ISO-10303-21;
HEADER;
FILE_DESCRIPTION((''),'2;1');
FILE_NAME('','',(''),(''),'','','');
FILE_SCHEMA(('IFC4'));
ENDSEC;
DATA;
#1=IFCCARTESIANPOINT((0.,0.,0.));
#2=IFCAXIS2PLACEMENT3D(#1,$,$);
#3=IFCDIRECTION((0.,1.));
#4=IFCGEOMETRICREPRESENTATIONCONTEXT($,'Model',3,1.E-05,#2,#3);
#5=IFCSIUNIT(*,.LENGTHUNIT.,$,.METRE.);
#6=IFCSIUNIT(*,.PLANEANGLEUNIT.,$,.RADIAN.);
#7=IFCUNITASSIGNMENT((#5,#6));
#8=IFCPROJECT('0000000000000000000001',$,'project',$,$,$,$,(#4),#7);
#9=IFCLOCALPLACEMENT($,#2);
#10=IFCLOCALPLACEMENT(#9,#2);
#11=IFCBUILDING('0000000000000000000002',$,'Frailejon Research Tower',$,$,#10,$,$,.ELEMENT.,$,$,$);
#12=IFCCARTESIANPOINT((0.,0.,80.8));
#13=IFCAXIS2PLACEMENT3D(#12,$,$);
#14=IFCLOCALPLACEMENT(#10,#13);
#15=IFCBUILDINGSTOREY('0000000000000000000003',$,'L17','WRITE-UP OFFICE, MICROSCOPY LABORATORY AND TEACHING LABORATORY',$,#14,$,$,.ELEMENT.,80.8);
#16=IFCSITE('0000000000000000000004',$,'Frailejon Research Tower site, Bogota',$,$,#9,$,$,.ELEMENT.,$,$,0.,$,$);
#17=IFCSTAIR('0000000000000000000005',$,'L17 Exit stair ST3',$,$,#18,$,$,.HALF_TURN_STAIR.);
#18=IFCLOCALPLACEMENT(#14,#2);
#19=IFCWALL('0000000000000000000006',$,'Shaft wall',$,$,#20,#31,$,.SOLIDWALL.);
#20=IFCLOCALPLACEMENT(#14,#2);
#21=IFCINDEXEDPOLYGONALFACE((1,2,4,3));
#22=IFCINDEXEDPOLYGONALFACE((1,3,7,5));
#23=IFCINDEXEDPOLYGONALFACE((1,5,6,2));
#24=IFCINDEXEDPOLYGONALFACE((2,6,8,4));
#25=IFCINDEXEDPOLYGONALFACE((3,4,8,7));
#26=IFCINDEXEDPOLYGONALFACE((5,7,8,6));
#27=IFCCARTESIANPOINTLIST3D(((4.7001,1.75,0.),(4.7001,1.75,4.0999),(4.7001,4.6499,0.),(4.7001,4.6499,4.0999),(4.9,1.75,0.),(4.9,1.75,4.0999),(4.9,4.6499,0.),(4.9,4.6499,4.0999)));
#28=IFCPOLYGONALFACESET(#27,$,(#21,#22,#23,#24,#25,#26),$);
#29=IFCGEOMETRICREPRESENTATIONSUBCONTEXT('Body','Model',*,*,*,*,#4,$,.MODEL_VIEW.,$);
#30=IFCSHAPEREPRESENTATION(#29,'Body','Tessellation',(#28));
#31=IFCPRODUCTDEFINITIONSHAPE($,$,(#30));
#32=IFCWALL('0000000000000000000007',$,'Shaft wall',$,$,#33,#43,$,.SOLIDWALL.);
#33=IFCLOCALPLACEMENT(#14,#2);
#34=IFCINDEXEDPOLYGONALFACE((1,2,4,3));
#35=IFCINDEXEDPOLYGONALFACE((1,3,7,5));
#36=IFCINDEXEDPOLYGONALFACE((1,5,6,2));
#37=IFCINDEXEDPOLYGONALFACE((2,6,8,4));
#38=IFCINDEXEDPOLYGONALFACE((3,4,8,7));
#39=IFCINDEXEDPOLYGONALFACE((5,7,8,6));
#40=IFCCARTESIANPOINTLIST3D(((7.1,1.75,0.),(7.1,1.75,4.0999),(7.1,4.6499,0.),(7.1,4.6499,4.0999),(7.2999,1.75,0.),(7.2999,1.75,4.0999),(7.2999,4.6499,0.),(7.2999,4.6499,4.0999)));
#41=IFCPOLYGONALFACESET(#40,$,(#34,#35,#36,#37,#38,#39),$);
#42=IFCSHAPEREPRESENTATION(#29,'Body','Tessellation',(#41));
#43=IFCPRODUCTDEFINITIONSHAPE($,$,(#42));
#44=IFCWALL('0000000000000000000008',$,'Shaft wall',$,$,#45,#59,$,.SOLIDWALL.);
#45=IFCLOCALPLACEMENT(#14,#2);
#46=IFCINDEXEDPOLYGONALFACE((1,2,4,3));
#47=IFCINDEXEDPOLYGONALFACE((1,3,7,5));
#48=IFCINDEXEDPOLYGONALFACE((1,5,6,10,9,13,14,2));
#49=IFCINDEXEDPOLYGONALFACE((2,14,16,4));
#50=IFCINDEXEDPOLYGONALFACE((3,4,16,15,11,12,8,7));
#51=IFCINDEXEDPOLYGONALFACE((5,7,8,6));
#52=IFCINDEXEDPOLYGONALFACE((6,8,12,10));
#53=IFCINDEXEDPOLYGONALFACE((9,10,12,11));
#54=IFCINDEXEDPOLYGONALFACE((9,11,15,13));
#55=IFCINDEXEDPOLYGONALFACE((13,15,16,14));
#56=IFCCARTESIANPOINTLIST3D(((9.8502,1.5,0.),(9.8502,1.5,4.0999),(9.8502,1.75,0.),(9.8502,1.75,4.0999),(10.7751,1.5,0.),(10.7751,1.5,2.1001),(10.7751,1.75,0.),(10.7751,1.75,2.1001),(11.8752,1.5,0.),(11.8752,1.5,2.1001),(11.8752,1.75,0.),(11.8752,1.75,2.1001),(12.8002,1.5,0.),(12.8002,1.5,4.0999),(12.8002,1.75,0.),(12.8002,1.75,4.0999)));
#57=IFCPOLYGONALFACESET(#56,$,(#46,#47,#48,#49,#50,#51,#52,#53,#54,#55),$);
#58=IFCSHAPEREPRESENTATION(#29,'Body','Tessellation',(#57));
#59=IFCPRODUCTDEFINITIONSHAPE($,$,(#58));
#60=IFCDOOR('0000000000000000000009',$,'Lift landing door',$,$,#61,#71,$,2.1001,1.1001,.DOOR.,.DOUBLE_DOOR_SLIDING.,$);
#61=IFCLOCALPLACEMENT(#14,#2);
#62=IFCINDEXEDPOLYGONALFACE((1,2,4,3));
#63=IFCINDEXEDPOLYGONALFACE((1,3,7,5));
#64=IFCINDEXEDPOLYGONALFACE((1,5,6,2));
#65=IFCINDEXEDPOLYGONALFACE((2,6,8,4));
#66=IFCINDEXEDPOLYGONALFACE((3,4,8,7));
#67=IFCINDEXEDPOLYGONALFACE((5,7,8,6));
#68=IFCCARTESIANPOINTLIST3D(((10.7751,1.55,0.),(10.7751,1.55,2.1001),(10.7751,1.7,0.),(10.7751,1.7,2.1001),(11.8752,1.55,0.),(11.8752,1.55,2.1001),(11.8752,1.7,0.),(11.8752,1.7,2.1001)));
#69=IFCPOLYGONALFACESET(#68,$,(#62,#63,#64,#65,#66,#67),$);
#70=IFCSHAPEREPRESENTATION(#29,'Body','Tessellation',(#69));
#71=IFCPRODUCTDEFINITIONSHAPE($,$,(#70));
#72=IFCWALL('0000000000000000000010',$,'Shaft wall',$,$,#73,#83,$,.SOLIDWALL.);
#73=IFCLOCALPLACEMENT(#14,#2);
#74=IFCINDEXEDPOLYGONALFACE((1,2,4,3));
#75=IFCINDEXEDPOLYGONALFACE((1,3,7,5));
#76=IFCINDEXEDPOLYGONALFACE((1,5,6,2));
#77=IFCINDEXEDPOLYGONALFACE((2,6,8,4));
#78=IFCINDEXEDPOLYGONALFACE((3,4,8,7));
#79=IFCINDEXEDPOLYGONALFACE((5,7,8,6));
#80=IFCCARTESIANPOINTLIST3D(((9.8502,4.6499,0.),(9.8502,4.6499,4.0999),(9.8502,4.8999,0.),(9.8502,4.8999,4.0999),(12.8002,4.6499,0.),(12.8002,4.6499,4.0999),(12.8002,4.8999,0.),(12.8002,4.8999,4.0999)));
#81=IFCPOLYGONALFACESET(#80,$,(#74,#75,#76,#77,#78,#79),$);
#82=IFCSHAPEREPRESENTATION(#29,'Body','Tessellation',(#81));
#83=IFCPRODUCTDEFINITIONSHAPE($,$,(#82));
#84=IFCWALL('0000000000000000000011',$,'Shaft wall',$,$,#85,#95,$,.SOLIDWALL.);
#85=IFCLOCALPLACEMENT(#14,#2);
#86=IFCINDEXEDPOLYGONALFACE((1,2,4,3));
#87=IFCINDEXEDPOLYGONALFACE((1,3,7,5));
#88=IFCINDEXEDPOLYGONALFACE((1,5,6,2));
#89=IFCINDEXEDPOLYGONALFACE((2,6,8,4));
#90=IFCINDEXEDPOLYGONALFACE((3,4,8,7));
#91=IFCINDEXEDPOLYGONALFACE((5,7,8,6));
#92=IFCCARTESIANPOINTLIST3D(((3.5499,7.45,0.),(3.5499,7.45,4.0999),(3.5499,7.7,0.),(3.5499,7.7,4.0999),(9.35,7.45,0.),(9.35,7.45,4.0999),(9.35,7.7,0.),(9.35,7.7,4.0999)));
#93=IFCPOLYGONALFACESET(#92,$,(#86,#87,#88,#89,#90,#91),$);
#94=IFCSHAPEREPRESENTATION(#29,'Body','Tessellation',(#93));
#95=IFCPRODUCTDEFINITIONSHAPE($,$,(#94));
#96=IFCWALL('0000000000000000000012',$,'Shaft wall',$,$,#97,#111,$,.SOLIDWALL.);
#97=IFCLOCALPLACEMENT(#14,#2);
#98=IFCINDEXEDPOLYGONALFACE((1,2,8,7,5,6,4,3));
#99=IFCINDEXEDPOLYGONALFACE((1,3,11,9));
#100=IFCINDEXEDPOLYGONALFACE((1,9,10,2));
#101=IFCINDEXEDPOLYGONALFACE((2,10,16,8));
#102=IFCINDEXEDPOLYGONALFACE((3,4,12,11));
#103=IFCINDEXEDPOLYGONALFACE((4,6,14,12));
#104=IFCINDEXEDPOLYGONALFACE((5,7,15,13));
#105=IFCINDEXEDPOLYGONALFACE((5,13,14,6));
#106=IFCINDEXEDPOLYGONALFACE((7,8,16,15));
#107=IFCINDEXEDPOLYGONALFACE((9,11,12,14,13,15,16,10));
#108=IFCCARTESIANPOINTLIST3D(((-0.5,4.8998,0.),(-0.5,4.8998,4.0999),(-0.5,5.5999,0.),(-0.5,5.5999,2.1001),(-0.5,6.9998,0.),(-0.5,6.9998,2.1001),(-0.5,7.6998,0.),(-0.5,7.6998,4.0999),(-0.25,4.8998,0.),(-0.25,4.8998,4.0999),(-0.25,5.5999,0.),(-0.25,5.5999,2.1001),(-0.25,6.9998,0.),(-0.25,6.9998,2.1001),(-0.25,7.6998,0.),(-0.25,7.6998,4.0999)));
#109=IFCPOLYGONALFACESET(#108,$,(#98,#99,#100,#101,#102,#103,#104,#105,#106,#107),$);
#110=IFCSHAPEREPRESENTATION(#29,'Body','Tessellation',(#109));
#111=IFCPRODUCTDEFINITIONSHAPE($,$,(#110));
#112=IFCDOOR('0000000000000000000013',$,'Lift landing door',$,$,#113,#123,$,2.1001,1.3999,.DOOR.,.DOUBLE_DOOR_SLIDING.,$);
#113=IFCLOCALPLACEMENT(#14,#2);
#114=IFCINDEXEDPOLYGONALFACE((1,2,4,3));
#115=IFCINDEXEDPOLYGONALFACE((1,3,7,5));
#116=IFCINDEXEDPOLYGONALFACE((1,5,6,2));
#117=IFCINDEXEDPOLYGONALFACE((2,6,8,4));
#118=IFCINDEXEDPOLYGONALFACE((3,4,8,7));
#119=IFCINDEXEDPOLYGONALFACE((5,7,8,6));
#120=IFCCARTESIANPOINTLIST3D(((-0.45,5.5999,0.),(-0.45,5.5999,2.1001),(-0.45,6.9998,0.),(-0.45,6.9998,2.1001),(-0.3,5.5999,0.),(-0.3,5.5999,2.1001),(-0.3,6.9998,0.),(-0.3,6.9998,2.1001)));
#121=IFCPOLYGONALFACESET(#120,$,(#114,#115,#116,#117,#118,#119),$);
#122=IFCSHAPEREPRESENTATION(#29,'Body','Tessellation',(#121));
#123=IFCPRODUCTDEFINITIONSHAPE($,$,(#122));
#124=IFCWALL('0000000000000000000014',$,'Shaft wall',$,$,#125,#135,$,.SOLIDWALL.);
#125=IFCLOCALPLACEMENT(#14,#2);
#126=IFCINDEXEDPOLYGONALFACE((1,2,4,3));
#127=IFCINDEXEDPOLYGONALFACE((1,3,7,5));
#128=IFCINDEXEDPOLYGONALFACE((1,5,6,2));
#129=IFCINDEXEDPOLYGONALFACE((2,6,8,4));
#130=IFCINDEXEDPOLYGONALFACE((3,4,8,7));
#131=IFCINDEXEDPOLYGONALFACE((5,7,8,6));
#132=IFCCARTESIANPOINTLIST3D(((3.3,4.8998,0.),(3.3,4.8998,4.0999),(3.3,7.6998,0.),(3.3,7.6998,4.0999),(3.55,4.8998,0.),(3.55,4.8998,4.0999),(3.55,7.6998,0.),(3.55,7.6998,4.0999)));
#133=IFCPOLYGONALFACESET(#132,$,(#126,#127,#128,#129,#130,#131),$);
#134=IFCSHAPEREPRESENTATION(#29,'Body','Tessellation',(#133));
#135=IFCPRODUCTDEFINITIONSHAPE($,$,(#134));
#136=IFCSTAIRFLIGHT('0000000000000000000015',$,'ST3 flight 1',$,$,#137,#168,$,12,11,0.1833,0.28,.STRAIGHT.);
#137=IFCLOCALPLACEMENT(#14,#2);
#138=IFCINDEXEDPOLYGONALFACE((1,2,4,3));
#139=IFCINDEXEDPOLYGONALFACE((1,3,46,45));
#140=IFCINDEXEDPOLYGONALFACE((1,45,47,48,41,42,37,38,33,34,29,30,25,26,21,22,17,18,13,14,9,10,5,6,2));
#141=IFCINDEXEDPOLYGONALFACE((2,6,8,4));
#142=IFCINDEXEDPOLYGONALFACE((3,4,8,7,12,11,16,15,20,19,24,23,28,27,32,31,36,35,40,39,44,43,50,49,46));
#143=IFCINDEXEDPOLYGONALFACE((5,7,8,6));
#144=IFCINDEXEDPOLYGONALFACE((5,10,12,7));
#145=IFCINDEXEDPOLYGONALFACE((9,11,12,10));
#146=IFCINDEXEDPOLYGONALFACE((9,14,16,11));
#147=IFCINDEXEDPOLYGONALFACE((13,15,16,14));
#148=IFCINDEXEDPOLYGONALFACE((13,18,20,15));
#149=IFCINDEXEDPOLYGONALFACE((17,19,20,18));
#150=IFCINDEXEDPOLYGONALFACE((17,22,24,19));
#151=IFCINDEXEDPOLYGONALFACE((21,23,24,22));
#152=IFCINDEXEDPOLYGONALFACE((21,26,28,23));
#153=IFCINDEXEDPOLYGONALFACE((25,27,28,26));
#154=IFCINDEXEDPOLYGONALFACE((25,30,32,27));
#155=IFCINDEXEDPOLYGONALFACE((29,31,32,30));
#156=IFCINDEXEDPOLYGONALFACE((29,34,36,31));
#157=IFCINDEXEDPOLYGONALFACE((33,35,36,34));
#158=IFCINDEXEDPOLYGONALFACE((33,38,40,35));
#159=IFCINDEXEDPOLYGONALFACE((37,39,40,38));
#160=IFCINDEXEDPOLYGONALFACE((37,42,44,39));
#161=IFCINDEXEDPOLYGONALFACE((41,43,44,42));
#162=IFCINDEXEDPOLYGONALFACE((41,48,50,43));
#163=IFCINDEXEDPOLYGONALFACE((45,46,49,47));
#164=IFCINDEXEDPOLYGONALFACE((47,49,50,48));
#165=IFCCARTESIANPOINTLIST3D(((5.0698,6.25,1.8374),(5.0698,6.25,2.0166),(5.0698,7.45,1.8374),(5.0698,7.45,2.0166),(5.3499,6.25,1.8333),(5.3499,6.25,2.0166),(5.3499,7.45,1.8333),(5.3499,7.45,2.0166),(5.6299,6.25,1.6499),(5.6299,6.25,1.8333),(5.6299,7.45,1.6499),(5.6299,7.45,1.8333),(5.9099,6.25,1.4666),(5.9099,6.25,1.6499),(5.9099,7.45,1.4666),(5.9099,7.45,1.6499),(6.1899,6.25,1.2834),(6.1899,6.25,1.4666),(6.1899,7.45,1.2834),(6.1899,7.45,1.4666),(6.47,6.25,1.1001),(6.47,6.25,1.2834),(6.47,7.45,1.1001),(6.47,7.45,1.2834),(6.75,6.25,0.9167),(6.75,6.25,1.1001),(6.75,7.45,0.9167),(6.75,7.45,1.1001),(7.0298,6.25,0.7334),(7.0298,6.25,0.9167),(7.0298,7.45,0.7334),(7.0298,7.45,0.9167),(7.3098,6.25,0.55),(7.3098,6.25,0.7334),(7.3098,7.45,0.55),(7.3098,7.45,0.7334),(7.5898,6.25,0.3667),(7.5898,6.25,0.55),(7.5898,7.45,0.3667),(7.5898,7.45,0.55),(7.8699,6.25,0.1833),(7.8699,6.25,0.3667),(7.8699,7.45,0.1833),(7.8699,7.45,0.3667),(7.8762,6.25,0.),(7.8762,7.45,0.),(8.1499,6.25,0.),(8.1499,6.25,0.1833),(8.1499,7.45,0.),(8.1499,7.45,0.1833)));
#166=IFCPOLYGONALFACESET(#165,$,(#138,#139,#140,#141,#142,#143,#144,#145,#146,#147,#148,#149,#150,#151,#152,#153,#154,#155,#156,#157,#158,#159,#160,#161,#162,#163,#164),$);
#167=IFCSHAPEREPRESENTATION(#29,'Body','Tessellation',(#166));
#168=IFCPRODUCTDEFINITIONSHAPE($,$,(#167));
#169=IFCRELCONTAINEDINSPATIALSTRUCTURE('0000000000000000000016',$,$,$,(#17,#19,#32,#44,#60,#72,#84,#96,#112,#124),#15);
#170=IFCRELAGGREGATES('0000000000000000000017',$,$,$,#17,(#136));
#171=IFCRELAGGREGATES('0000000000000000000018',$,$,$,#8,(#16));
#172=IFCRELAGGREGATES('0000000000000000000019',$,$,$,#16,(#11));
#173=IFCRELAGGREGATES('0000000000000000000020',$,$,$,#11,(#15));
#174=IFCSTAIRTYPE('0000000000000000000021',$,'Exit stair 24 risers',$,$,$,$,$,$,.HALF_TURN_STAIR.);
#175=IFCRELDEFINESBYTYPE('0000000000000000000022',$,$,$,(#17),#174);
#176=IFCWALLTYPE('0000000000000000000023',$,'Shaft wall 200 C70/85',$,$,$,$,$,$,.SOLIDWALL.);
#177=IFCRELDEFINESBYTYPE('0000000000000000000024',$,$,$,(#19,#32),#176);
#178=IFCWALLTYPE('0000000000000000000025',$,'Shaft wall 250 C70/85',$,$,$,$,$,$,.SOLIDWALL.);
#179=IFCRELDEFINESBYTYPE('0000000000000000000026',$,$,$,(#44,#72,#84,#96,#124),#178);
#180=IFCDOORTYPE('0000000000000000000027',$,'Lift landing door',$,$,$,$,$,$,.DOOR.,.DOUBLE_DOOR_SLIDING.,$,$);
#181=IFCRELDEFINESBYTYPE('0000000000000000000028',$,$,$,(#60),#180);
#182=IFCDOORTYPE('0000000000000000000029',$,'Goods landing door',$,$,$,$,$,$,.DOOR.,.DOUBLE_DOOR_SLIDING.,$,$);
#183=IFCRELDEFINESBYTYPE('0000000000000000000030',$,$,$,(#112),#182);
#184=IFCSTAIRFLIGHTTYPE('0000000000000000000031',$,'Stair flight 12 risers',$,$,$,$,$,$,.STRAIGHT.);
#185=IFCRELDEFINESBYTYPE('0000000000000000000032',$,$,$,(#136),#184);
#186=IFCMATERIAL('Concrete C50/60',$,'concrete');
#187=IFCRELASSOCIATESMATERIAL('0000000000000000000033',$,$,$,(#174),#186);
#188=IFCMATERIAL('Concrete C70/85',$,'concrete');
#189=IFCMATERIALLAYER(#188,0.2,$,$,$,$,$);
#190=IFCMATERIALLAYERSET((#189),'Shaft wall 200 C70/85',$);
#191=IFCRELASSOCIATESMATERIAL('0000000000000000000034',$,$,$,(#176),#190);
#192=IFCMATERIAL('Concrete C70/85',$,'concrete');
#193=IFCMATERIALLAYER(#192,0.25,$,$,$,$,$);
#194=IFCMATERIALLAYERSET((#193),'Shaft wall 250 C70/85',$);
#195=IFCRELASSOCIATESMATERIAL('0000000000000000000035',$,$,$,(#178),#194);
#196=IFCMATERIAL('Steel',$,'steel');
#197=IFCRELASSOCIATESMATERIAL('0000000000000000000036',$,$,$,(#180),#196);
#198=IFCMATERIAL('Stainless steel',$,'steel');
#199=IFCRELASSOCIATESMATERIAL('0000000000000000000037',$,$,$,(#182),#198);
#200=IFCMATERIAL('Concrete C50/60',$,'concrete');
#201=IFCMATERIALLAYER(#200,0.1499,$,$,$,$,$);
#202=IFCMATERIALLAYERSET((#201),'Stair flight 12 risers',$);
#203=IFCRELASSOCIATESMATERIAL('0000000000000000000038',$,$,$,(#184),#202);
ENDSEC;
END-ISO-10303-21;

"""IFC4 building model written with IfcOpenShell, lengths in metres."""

from ifc_helpers import new_model, si_unit, direction, frame, frame_2d, origin, place, context, subcontext, project, spatial, polyline, rectangle, outline, extrude, material, layer, layer_set, type_object, element, fill, aggregate, save


model = new_model("IFC4")

# Units and contexts
model_context = context("Model", 3, precision=1e-05, world=origin(), true_north=direction((0.0, 1.0)))
body_context = subcontext(model_context, "Body", "Model", "MODEL_VIEW")
ifc_project = project(units=[si_unit("LENGTHUNIT", "METRE"), si_unit("PLANEANGLEUNIT", "RADIAN")], contexts=[model_context])

# Site, building, storey
site_placement = place(None, origin())
site = spatial("IfcSite", under=ifc_project, at=site_placement, Name="Frailejon Research Tower site, Bogota", CompositionType="ELEMENT", RefElevation=0.0)
building_placement = place(site_placement, origin())
building = spatial("IfcBuilding", under=site, at=building_placement, Name="Frailejon Research Tower", CompositionType="ELEMENT")
storey_placement = place(building_placement, frame((0.0, 0.0, 80.8)))
storey = spatial("IfcBuildingStorey", under=building, at=storey_placement, Name="L17", Description="WRITE-UP OFFICE, MICROSCOPY LABORATORY AND TEACHING LABORATORY", CompositionType="ELEMENT", Elevation=80.8)

# Stair
ifc_material_1 = material(Name="Concrete C50/60", Category="concrete")
stair_type = type_object("IfcStairType", Name="Exit stair 24 risers", PredefinedType="HALF_TURN_STAIR", material=ifc_material_1)
stair_1_placement = place(storey_placement, origin())
stair_1 = element("IfcStair", 1, at=stair_1_placement, inside=storey, type_object=stair_type, Name="L17 Exit stair ST3", PredefinedType="HALF_TURN_STAIR")

# Walls
ifc_material_2 = material(Name="Concrete C70/85", Category="concrete")
ifc_layer_1 = layer(ifc_material_2, 0.2)
ifc_layer_set_1 = layer_set([ifc_layer_1], Name="Shaft wall 200 C70/85")
wall_type_1 = type_object("IfcWallType", Name="Shaft wall 200 C70/85", PredefinedType="SOLIDWALL", material=ifc_layer_set_1)
for number, where, z_axis, x_axis, name in (
    (2, (4.8, 1.75, 0.0), (0.0, 0.0, 1.0), (0.0, 1.0, 0.0), "Shaft wall"),
    (3, (7.2, 1.75, 0.0), (0.0, 0.0, 1.0), (0.0, 1.0, 0.0), "Shaft wall"),
):
    element("IfcWall", number, at=place(storey_placement, frame(where, z_axis=z_axis, x_axis=x_axis)), inside=storey, type_object=wall_type_1, Name=name, PredefinedType="SOLIDWALL", context=body_context, shape_type="SweptSolid", body=[
        extrude(rectangle(XDim=2.8999, YDim=0.2, at=frame_2d((1.45, 0.0))), origin(), (0.0, 0.0, 1.0), 4.0999),
    ])

# Wall, opening, door
ifc_material_3 = material(Name="Concrete C70/85", Category="concrete")
ifc_layer_2 = layer(ifc_material_3, 0.25)
ifc_layer_set_2 = layer_set([ifc_layer_2], Name="Shaft wall 250 C70/85")
wall_type_2 = type_object("IfcWallType", Name="Shaft wall 250 C70/85", PredefinedType="SOLIDWALL", material=ifc_layer_set_2)
wall_1_placement = place(storey_placement, frame((9.8501, 1.625, 0.0), z_axis=(0.0, 0.0, 1.0), x_axis=(1.0, 0.0, 0.0)))
wall_1 = element("IfcWall", 4, at=wall_1_placement, inside=storey, type_object=wall_type_2, Name="Shaft wall", PredefinedType="SOLIDWALL", context=body_context, shape_type="SweptSolid", body=[
    extrude(rectangle(XDim=2.95, YDim=0.25, at=frame_2d((1.4751, 0.0))), origin(), (0.0, 0.0, 1.0), 4.0999),
])
opening_1_placement = place(wall_1_placement, frame((0.925, 0.0, 0.0)))
opening_1 = element("IfcOpeningElement", 5, at=opening_1_placement, cuts=wall_1, PredefinedType="OPENING", context=body_context, shape_type="SweptSolid", body=[
    extrude(rectangle(XDim=1.1001, YDim=2.1001, at=frame_2d((0.55, 1.05))), frame((0.0, 0.135, 0.0), z_axis=(0.0, -1.0, 0.0), x_axis=(1.0, 0.0, 0.0)), (0.0, 0.0, 1.0), 0.27),
])
ifc_material_4 = material(Name="Steel", Category="steel")
door_type_1 = type_object("IfcDoorType", Name="Lift landing door", OperationType="DOUBLE_DOOR_SLIDING", PredefinedType="DOOR", material=ifc_material_4)
door_1_placement = place(opening_1_placement, origin())
door_1 = element("IfcDoor", 6, at=door_1_placement, inside=storey, type_object=door_type_1, Name="Lift landing door", OperationType="DOUBLE_DOOR_SLIDING", OverallHeight=2.1001, OverallWidth=1.1001, PredefinedType="DOOR", context=body_context, shape_type="SweptSolid", body=[
    extrude(rectangle(XDim=1.1001, YDim=2.1001, at=frame_2d((0.55, 1.05))), frame((0.0, 0.075, 0.0), z_axis=(0.0, -1.0, 0.0), x_axis=(1.0, 0.0, 0.0)), (0.0, 0.0, 1.0), 0.1499),
])
fill(opening_1, door_1)

# Walls
wall_2_placement = place(storey_placement, frame((9.8501, 4.7749, 0.0), z_axis=(0.0, 0.0, 1.0), x_axis=(1.0, 0.0, 0.0)))
element("IfcWall", 7, at=wall_2_placement, inside=storey, type_object=wall_type_2, Name="Shaft wall", PredefinedType="SOLIDWALL", context=body_context, shape_type="SweptSolid", body=[
    extrude(rectangle(XDim=2.95, YDim=0.25, at=frame_2d((1.4751, 0.0))), origin(), (0.0, 0.0, 1.0), 4.0999),
])
wall_3_placement = place(storey_placement, frame((3.55, 7.575, 0.0), z_axis=(0.0, 0.0, 1.0), x_axis=(1.0, 0.0, 0.0)))
element("IfcWall", 8, at=wall_3_placement, inside=storey, type_object=wall_type_2, Name="Shaft wall", PredefinedType="SOLIDWALL", context=body_context, shape_type="SweptSolid", body=[
    extrude(rectangle(XDim=5.8, YDim=0.25, at=frame_2d((2.8999, 0.0))), origin(), (0.0, 0.0, 1.0), 4.0999),
])

# Wall, opening, door
wall_4_placement = place(storey_placement, frame((-0.375, 4.8999, 0.0), z_axis=(0.0, 0.0, 1.0), x_axis=(0.0, 1.0, 0.0)))
wall_4 = element("IfcWall", 9, at=wall_4_placement, inside=storey, type_object=wall_type_2, Name="Shaft wall", PredefinedType="SOLIDWALL", context=body_context, shape_type="SweptSolid", body=[
    extrude(rectangle(XDim=2.8, YDim=0.25, at=frame_2d((1.3999, 0.0))), origin(), (0.0, 0.0, 1.0), 4.0999),
])
opening_2_placement = place(wall_4_placement, frame((0.7, 0.0, 0.0)))
opening_2 = element("IfcOpeningElement", 10, at=opening_2_placement, cuts=wall_4, PredefinedType="OPENING", context=body_context, shape_type="SweptSolid", body=[
    extrude(rectangle(XDim=1.3999, YDim=2.1001, at=frame_2d((0.7, 1.05))), frame((0.0, 0.135, 0.0), z_axis=(0.0, -1.0, 0.0), x_axis=(1.0, 0.0, 0.0)), (0.0, 0.0, 1.0), 0.27),
])
ifc_material_5 = material(Name="Stainless steel", Category="steel")
door_type_2 = type_object("IfcDoorType", Name="Goods landing door", OperationType="DOUBLE_DOOR_SLIDING", PredefinedType="DOOR", material=ifc_material_5)
door_2_placement = place(opening_2_placement, origin())
door_2 = element("IfcDoor", 11, at=door_2_placement, inside=storey, type_object=door_type_2, Name="Lift landing door", OperationType="DOUBLE_DOOR_SLIDING", OverallHeight=2.1001, OverallWidth=1.3999, PredefinedType="DOOR", context=body_context, shape_type="SweptSolid", body=[
    extrude(rectangle(XDim=1.3999, YDim=2.1001, at=frame_2d((0.7, 1.05))), frame((0.0, 0.075, 0.0), z_axis=(0.0, -1.0, 0.0), x_axis=(1.0, 0.0, 0.0)), (0.0, 0.0, 1.0), 0.1499),
])
fill(opening_2, door_2)

# Wall
wall_5_placement = place(storey_placement, frame((3.425, 4.8999, 0.0), z_axis=(0.0, 0.0, 1.0), x_axis=(0.0, 1.0, 0.0)))
element("IfcWall", 12, at=wall_5_placement, inside=storey, type_object=wall_type_2, Name="Shaft wall", PredefinedType="SOLIDWALL", context=body_context, shape_type="SweptSolid", body=[
    extrude(rectangle(XDim=2.8, YDim=0.25, at=frame_2d((1.3999, 0.0))), origin(), (0.0, 0.0, 1.0), 4.0999),
])

# Stair flight
ifc_material_6 = material(Name="Concrete C50/60", Category="concrete")
ifc_layer_3 = layer(ifc_material_6, 0.1499)
ifc_layer_set_3 = layer_set([ifc_layer_3], Name="Stair flight 12 risers")
stair_flight_type = type_object("IfcStairFlightType", Name="Stair flight 12 risers", PredefinedType="STRAIGHT", material=ifc_layer_set_3)
stair_flight_1_placement = place(storey_placement, frame((8.1499, 6.8501, 0.0), z_axis=(0.0, 0.0, 1.0), x_axis=(-1.0, 0.0, 0.0)))
stair_flight_1 = element("IfcStairFlight", 13, at=stair_flight_1_placement, type_object=stair_flight_type, Name="ST3 flight 1", NumberOfRisers=12, NumberOfTreads=11, PredefinedType="STRAIGHT", RiserHeight=0.1833, TreadLength=0.28, context=body_context, shape_type="SweptSolid", body=[
    extrude(outline(polyline([(0.0, 0.0), (0.0, 0.1833), (0.28, 0.1833), (0.28, 0.3667), (0.5601, 0.3667), (0.5601, 0.55), (0.8401, 0.55), (0.8401, 0.7334), (1.1201, 0.7334), (1.1201, 0.9167), (1.3999, 0.9167), (1.3999, 1.1001), (1.6799, 1.1001), (1.6799, 1.2834), (1.96, 1.2834), (1.96, 1.4666), (2.24, 1.4666), (2.24, 1.6499), (2.52, 1.6499), (2.52, 1.8333), (2.8, 1.8333), (2.8, 2.0166), (3.0801, 2.0166), (3.0801, 2.2), (3.0801, 1.8374), (0.2737, 0.0), (0.0, 0.0)])), frame((0.0, 0.6001, 0.0), z_axis=(0.0, -1.0, 0.0), x_axis=(1.0, 0.0, 0.0)), (0.0, 0.0, 1.0), 1.2),
])
aggregate(stair_1, [stair_flight_1])

save(model, "model.ifc")
